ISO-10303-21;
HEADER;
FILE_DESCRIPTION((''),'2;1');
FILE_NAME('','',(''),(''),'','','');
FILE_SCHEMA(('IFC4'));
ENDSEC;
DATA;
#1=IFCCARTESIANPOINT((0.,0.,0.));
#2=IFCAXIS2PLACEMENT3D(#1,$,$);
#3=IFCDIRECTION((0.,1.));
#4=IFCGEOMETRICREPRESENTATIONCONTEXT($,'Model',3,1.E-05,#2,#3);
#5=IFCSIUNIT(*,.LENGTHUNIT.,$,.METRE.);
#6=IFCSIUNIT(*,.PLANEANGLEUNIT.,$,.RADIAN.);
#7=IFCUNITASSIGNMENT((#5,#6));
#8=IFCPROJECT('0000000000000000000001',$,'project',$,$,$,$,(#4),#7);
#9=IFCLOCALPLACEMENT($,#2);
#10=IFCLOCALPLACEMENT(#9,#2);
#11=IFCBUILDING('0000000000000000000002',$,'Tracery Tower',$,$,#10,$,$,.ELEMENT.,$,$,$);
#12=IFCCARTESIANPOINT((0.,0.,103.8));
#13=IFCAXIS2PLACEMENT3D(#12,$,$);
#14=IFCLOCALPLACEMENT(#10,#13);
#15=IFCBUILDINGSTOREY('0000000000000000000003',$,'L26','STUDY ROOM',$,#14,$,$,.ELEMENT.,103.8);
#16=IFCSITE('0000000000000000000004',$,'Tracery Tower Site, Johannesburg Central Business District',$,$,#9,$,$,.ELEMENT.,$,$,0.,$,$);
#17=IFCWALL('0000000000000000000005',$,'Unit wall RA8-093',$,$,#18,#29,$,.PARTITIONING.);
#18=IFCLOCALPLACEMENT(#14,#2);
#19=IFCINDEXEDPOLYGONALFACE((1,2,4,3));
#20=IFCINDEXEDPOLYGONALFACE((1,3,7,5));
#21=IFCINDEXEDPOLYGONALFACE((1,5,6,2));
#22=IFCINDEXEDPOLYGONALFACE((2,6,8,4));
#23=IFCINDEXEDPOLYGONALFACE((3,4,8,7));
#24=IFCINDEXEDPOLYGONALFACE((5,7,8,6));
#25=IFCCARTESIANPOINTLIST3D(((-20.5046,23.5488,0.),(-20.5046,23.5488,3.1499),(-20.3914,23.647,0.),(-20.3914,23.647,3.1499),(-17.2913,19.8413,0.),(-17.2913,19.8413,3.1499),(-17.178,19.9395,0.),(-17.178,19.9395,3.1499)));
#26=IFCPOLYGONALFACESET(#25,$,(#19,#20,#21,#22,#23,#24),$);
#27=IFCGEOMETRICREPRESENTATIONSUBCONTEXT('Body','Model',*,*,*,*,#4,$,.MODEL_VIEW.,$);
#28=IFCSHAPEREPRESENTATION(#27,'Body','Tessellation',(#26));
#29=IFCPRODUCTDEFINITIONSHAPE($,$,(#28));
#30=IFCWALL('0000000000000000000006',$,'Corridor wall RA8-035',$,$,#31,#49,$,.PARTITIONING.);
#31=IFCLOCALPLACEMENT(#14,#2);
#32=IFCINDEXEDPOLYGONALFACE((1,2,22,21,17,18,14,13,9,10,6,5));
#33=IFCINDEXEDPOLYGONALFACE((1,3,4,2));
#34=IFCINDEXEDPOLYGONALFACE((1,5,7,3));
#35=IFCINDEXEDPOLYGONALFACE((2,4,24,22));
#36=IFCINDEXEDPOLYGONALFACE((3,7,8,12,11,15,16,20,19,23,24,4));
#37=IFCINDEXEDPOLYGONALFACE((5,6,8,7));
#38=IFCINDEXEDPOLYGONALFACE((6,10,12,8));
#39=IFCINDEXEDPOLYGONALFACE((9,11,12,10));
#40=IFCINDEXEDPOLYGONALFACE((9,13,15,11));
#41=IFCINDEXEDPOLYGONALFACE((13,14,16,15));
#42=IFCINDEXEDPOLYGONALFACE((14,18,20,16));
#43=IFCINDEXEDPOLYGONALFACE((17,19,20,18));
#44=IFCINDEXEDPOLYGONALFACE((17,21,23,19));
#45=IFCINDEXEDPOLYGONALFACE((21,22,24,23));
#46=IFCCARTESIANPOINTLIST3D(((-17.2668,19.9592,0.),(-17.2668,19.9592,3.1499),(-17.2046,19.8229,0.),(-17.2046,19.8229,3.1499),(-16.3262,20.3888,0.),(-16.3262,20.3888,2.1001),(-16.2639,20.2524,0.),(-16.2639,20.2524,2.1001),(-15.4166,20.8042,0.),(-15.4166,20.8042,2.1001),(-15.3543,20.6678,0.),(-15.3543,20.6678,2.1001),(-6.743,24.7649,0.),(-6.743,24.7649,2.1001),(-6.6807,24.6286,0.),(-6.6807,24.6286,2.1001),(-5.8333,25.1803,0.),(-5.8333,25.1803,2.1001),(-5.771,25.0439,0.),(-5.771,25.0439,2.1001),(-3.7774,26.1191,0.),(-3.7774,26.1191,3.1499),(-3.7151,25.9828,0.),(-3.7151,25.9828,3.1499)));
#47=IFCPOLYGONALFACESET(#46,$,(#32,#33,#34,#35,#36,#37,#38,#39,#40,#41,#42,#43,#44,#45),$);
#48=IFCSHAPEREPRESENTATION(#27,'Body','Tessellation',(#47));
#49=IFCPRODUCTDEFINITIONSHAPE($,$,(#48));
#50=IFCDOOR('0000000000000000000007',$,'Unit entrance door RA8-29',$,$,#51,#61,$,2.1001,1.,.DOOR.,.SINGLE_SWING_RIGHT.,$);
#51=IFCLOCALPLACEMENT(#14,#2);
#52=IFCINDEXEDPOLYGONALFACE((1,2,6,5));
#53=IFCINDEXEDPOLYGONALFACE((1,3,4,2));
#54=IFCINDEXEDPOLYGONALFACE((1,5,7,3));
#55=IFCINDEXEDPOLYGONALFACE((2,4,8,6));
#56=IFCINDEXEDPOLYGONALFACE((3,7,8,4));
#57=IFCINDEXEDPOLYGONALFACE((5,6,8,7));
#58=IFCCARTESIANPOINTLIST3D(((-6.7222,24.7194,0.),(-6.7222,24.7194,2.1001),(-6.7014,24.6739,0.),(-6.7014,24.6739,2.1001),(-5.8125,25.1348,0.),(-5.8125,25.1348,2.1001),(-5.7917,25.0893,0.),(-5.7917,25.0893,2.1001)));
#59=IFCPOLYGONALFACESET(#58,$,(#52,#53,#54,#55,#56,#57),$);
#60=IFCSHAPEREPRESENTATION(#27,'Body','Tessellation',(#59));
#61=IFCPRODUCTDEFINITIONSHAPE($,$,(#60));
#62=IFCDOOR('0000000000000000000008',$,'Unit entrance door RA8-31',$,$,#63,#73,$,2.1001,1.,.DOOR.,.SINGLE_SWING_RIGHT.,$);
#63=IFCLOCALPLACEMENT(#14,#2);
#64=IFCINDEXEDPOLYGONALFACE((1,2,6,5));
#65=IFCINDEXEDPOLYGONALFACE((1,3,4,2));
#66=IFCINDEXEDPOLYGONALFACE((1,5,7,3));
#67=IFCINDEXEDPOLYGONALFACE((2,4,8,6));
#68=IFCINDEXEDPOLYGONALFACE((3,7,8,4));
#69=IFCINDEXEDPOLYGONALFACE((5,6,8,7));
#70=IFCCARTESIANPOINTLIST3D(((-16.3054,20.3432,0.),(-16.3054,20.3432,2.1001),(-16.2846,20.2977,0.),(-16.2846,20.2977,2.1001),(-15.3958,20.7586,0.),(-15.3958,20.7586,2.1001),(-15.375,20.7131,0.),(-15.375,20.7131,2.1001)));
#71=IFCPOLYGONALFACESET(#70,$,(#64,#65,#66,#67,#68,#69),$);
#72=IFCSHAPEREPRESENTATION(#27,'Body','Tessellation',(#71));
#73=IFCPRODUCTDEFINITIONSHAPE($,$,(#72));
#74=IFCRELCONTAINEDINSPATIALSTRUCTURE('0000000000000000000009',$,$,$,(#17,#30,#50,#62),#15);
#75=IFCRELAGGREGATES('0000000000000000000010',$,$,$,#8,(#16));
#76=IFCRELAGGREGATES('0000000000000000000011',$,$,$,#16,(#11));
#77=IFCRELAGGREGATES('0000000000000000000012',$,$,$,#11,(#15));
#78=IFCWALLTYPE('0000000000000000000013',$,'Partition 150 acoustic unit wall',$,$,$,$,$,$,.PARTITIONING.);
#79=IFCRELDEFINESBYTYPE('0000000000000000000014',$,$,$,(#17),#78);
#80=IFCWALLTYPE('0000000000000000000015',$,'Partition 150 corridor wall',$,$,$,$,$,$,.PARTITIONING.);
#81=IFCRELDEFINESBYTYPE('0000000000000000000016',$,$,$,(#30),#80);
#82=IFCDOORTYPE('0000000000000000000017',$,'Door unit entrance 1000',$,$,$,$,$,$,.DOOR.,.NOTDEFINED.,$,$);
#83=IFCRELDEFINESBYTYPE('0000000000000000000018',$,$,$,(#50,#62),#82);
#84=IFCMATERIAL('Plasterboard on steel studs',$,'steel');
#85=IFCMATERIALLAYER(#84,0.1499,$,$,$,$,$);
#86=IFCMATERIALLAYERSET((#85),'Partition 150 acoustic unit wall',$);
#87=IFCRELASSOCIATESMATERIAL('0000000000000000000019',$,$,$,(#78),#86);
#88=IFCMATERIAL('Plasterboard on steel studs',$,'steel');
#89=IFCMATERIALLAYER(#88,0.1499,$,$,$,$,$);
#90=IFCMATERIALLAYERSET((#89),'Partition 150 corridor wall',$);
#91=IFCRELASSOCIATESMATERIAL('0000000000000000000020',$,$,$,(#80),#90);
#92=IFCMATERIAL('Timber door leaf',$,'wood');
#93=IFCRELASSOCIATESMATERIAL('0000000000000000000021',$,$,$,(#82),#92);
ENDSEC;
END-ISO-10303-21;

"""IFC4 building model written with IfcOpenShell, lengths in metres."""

from ifc_helpers import new_model, si_unit, direction, frame, frame_2d, origin, place, context, subcontext, project, spatial, rectangle, extrude, material, layer, layer_set, type_object, element, fill, save


model = new_model("IFC4")

# Units and contexts
model_context = context("Model", 3, precision=1e-05, world=origin(), true_north=direction((0.0, 1.0)))
body_context = subcontext(model_context, "Body", "Model", "MODEL_VIEW")
ifc_project = project(units=[si_unit("LENGTHUNIT", "METRE"), si_unit("PLANEANGLEUNIT", "RADIAN")], contexts=[model_context])

# Site, building, storey
site_placement = place(None, origin())
site = spatial("IfcSite", under=ifc_project, at=site_placement, Name="Tracery Tower Site, Johannesburg Central Business District", CompositionType="ELEMENT", RefElevation=0.0)
building_placement = place(site_placement, origin())
building = spatial("IfcBuilding", under=site, at=building_placement, Name="Tracery Tower", CompositionType="ELEMENT")
storey_placement = place(building_placement, frame((0.0, 0.0, 103.8)))
storey = spatial("IfcBuildingStorey", under=building, at=storey_placement, Name="L26", Description="STUDY ROOM", CompositionType="ELEMENT", Elevation=103.8)

# Wall
ifc_material_1 = material(Name="Plasterboard on steel studs", Category="steel")
ifc_layer_1 = layer(ifc_material_1, 0.1499)
ifc_layer_set_1 = layer_set([ifc_layer_1], Name="Partition 150 acoustic unit wall")
wall_type_1 = type_object("IfcWallType", Name="Partition 150 acoustic unit wall", PredefinedType="PARTITIONING", material=ifc_layer_set_1)
wall_1_placement = place(storey_placement, frame((-20.448, 23.5979, 0.0), z_axis=(0.0, 0.0, 1.0), x_axis=(0.654953, -0.755669, 0.0)))
element("IfcWall", 1, at=wall_1_placement, inside=storey, type_object=wall_type_1, Name="Unit wall RA8-093", PredefinedType="PARTITIONING", context=body_context, shape_type="SweptSolid", body=[
    extrude(rectangle(XDim=4.9062, YDim=0.1499, at=frame_2d((2.4531, 0.0))), origin(), (0.0, 0.0, 1.0), 3.1499),
])

# Wall, openings, doors
ifc_material_2 = material(Name="Plasterboard on steel studs", Category="steel")
ifc_layer_2 = layer(ifc_material_2, 0.1499)
ifc_layer_set_2 = layer_set([ifc_layer_2], Name="Partition 150 corridor wall")
wall_type_2 = type_object("IfcWallType", Name="Partition 150 corridor wall", PredefinedType="PARTITIONING", material=ifc_layer_set_2)
wall_2_placement = place(storey_placement, frame((-17.2356, 19.8911, 0.0), z_axis=(0.0, 0.0, 1.0), x_axis=(0.909646, 0.415385, 0.0)))
wall_2 = element("IfcWall", 2, at=wall_2_placement, inside=storey, type_object=wall_type_2, Name="Corridor wall RA8-035", PredefinedType="PARTITIONING", context=body_context, shape_type="SweptSolid", body=[
    extrude(rectangle(XDim=14.8293, YDim=0.1499, at=frame_2d((7.4146, 0.0))), origin(), (0.0, 0.0, 1.0), 3.1499),
])
opening_1_placement = place(wall_2_placement, frame((11.5691, 0.0, 0.0)))
opening_1 = element("IfcOpeningElement", 3, at=opening_1_placement, cuts=wall_2, PredefinedType="OPENING", context=body_context, shape_type="SweptSolid", body=[
    extrude(rectangle(XDim=1.0, YDim=2.1001, at=frame_2d((0.5, 1.05))), frame((0.0, 0.075, 0.0), z_axis=(0.0, -1.0, 0.0), x_axis=(1.0, 0.0, 0.0)), (0.0, 0.0, 1.0), 0.1499),
])
opening_2_placement = place(wall_2_placement, frame((1.0339, 0.0, 0.0)))
opening_2 = element("IfcOpeningElement", 4, at=opening_2_placement, cuts=wall_2, PredefinedType="OPENING", context=body_context, shape_type="SweptSolid", body=[
    extrude(rectangle(XDim=1.0, YDim=2.1001, at=frame_2d((0.5, 1.05))), frame((0.0, 0.075, 0.0), z_axis=(0.0, -1.0, 0.0), x_axis=(1.0, 0.0, 0.0)), (0.0, 0.0, 1.0), 0.1499),
])
ifc_material_3 = material(Name="Timber door leaf", Category="wood")
door_type_1 = type_object("IfcDoorType", Name="Door unit entrance 1000", OperationType="NOTDEFINED", PredefinedType="DOOR", material=ifc_material_3)
door_1_placement = place(opening_1_placement, origin())
door_1 = element("IfcDoor", 5, at=door_1_placement, inside=storey, type_object=door_type_1, Name="Unit entrance door RA8-29", OperationType="SINGLE_SWING_RIGHT", OverallHeight=2.1001, OverallWidth=1.0, PredefinedType="DOOR", context=body_context, shape_type="SweptSolid", body=[
    extrude(rectangle(XDim=1.0, YDim=2.1001, at=frame_2d((0.5, 1.05))), frame((0.0, 0.0249, 0.0), z_axis=(0.0, -1.0, 0.0), x_axis=(1.0, 0.0, 0.0)), (0.0, 0.0, 1.0), 0.05),
])
fill(opening_1, door_1)
door_2_placement = place(opening_2_placement, origin())
door_2 = element("IfcDoor", 6, at=door_2_placement, inside=storey, type_object=door_type_1, Name="Unit entrance door RA8-31", OperationType="SINGLE_SWING_RIGHT", OverallHeight=2.1001, OverallWidth=1.0, PredefinedType="DOOR", context=body_context, shape_type="SweptSolid", body=[
    extrude(rectangle(XDim=1.0, YDim=2.1001, at=frame_2d((0.5, 1.05))), frame((0.0, 0.0249, 0.0), z_axis=(0.0, -1.0, 0.0), x_axis=(1.0, 0.0, 0.0)), (0.0, 0.0, 1.0), 0.05),
])
fill(opening_2, door_2)

save(model, "model.ifc")
